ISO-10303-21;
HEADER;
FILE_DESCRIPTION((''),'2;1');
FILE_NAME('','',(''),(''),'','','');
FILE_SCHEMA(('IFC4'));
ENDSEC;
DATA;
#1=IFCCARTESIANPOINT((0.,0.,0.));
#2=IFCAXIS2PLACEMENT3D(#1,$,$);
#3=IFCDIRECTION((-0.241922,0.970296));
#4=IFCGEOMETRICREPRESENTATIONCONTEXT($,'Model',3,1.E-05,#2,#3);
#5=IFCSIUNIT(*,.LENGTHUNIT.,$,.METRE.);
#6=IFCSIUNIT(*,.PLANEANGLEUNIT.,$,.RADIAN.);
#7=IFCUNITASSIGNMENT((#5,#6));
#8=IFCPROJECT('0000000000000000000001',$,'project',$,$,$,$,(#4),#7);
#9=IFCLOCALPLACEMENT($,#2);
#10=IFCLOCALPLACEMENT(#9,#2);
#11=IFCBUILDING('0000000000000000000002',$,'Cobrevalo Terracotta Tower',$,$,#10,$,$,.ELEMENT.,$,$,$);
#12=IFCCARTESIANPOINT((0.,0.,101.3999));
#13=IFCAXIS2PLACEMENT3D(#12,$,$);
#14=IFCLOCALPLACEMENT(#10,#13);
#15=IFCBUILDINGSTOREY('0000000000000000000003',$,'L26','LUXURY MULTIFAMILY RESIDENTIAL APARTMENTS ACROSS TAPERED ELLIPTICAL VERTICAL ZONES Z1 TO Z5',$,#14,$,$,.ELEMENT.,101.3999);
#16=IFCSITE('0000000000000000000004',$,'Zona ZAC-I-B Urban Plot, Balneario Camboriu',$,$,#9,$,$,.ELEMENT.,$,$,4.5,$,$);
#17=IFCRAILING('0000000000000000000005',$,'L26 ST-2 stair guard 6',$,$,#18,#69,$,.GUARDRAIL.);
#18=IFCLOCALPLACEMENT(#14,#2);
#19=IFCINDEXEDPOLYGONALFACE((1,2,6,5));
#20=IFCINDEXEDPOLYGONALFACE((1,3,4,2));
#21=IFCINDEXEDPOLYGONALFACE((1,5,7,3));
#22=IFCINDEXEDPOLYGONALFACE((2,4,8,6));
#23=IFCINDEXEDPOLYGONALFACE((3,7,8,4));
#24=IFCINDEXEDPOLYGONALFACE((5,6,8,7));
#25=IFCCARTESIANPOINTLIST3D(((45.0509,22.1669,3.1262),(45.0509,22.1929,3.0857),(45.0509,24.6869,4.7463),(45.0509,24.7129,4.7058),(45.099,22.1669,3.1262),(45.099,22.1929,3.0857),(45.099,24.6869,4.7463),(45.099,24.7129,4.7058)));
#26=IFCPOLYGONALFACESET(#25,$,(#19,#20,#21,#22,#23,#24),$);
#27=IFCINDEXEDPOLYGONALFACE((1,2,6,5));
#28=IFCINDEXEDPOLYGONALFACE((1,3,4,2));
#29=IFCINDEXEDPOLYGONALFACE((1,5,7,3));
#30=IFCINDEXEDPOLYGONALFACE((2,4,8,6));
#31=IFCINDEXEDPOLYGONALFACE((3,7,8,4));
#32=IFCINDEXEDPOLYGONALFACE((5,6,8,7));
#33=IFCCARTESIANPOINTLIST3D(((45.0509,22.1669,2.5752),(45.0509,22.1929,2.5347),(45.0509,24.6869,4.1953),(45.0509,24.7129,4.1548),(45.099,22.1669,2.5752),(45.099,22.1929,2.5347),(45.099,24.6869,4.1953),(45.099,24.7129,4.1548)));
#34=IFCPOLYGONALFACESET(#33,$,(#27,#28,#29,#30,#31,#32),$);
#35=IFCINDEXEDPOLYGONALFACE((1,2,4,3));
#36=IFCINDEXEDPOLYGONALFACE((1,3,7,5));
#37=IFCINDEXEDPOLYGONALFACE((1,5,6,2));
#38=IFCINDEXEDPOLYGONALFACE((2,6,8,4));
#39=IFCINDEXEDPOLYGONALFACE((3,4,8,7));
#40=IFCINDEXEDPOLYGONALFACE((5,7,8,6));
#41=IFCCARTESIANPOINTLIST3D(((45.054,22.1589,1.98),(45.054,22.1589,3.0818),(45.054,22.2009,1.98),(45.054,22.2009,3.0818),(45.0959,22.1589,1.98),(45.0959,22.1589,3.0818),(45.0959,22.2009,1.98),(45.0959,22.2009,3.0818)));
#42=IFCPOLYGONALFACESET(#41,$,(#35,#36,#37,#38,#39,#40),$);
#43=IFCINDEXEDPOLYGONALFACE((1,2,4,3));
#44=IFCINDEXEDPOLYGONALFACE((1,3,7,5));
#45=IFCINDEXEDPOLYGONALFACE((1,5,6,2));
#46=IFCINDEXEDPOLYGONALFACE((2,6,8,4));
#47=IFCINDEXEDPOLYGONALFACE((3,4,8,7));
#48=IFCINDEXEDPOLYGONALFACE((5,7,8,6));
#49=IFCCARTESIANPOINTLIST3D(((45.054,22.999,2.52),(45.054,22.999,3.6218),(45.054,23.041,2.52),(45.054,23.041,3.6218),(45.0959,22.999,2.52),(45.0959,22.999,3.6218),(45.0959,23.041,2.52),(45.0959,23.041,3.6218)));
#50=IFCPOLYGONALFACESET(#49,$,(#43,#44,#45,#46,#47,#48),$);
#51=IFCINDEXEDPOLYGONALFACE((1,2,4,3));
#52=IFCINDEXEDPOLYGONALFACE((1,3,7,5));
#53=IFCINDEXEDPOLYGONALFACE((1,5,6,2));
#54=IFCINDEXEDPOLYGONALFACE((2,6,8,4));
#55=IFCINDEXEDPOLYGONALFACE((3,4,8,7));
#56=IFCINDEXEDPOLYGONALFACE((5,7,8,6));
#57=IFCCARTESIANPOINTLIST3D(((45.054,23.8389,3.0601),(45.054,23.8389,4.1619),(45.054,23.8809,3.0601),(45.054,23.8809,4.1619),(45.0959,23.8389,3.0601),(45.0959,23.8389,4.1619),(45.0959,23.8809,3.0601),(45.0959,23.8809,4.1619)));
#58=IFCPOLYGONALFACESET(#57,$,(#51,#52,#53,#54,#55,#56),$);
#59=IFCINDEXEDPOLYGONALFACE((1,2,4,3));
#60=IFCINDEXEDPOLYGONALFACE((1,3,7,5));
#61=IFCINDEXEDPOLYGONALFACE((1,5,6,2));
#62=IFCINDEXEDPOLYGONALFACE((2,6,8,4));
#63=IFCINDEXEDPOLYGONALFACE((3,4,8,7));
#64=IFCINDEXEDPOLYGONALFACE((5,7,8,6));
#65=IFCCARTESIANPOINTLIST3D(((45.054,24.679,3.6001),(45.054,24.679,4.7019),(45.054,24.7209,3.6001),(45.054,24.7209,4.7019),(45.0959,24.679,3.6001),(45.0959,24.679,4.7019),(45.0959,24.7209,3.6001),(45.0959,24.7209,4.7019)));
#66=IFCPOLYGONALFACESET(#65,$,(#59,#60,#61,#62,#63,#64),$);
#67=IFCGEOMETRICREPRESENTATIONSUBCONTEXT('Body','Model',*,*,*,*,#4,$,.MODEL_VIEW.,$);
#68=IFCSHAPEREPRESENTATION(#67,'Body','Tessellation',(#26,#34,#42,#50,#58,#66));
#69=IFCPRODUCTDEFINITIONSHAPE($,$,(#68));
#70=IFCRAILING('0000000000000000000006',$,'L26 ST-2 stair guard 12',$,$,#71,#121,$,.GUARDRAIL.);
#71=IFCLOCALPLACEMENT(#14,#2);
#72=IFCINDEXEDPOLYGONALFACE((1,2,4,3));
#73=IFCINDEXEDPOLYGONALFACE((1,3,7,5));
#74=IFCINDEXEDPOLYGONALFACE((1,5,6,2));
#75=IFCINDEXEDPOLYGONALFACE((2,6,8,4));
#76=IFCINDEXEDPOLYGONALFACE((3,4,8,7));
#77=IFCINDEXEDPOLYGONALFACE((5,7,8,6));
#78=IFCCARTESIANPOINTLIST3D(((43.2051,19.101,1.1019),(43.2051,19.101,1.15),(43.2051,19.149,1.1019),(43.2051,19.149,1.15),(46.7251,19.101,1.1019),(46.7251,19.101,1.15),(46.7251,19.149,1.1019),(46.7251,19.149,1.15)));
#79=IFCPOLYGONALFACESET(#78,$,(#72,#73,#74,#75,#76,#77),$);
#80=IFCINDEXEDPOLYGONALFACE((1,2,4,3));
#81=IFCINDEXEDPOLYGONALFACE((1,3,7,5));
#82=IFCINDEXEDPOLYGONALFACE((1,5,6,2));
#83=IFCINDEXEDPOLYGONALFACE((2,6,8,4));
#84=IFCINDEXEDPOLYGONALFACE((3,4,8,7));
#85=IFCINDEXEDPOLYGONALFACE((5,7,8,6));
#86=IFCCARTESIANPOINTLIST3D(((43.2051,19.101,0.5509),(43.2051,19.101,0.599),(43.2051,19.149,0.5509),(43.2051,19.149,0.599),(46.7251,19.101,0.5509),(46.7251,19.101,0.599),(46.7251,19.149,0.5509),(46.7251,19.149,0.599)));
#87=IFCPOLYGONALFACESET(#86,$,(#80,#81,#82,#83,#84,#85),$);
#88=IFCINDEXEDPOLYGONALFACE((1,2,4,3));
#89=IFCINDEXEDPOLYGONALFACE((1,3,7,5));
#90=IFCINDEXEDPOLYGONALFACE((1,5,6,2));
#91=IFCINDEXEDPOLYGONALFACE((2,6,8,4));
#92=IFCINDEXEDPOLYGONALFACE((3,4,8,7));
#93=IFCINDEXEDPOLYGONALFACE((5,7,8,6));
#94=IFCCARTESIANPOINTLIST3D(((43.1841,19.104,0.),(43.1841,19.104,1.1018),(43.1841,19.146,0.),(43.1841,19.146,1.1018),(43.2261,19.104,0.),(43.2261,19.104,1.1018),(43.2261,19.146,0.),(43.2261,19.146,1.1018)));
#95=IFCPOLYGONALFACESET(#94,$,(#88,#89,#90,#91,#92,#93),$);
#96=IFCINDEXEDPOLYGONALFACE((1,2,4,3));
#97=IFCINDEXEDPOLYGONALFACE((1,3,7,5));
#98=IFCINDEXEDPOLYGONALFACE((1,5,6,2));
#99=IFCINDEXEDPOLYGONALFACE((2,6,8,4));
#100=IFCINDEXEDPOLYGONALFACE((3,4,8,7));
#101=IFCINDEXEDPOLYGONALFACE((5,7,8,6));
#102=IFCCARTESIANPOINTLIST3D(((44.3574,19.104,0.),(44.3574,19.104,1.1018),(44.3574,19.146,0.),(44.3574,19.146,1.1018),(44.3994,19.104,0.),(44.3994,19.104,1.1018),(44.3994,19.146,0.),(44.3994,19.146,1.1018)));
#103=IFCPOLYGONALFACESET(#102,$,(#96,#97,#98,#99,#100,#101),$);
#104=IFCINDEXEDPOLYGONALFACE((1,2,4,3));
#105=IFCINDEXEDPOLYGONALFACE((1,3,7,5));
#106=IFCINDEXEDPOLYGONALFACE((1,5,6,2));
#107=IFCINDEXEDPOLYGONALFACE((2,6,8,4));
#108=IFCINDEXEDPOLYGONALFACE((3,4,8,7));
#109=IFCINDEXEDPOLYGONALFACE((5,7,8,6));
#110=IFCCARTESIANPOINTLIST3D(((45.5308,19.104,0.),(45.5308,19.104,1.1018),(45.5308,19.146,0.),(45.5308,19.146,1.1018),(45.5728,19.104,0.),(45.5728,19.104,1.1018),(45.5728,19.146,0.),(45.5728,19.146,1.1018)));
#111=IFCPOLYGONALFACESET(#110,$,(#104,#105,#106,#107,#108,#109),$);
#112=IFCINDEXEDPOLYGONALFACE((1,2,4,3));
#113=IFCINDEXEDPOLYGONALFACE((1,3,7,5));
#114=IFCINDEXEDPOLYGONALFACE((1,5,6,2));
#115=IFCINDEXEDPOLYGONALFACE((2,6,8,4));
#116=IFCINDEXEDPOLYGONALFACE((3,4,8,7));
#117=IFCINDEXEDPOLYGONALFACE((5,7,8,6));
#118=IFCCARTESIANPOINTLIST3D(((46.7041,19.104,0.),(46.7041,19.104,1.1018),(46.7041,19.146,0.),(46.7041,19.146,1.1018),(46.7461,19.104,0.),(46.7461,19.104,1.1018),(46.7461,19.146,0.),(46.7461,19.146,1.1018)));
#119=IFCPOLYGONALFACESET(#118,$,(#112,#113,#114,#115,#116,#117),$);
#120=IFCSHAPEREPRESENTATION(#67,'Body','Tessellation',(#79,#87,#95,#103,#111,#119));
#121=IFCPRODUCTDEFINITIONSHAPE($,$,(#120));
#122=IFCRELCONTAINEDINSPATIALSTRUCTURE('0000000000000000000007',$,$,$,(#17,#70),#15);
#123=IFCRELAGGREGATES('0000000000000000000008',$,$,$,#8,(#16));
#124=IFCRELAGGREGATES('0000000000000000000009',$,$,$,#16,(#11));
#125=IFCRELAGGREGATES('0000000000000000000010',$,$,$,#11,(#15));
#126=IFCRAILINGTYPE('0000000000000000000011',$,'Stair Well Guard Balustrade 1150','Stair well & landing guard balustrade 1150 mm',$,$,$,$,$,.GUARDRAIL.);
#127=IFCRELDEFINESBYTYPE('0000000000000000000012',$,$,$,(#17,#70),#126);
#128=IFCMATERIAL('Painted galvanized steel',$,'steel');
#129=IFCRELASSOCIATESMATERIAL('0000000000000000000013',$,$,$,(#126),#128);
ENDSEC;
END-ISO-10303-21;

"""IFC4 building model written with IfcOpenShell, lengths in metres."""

from ifc_helpers import new_model, si_unit, direction, frame, origin, origin_2d, place, context, subcontext, project, spatial, rectangle, extrude, material, type_object, element, save


model = new_model("IFC4")

# Units and contexts
model_context = context("Model", 3, precision=1e-05, world=origin(), true_north=direction((-0.241922, 0.970296)))
body_context = subcontext(model_context, "Body", "Model", "MODEL_VIEW")
ifc_project = project(units=[si_unit("LENGTHUNIT", "METRE"), si_unit("PLANEANGLEUNIT", "RADIAN")], contexts=[model_context])

# Site, building, storey
site_placement = place(None, origin())
site = spatial("IfcSite", under=ifc_project, at=site_placement, Name="Zona ZAC-I-B Urban Plot, Balneario Camboriu", CompositionType="ELEMENT", RefElevation=4.5)
building_placement = place(site_placement, origin())
building = spatial("IfcBuilding", under=site, at=building_placement, Name="Cobrevalo Terracotta Tower", CompositionType="ELEMENT")
storey_placement = place(building_placement, frame((0.0, 0.0, 101.3999)))
storey = spatial("IfcBuildingStorey", under=building, at=storey_placement, Name="L26", Description="LUXURY MULTIFAMILY RESIDENTIAL APARTMENTS ACROSS TAPERED ELLIPTICAL VERTICAL ZONES Z1 TO Z5", CompositionType="ELEMENT", Elevation=101.3999)

# Railings
ifc_material_1 = material(Name="Painted galvanized steel", Category="steel")
railing_type_1 = type_object("IfcRailingType", Name="Stair Well Guard Balustrade 1150", Description="Stair well & landing guard balustrade 1150 mm", PredefinedType="GUARDRAIL", material=ifc_material_1)
railing_1_placement = place(storey_placement, frame((45.075, 22.1799, 1.98)))
element("IfcRailing", 1, at=railing_1_placement, inside=storey, type_object=railing_type_1, Name="L26 ST-2 stair guard 6", PredefinedType="GUARDRAIL", context=body_context, shape_type="SweptSolid", body=[
    extrude(rectangle(XDim=0.0481, YDim=0.0481, at=origin_2d()), frame((0.0, 0.0, 1.126), z_axis=(0.0, 0.841163, 0.540782), x_axis=(-1.0, 0.0, 0.0)), (0.0, 0.0, 1.0), 2.9958),
    extrude(rectangle(XDim=0.0481, YDim=0.0481, at=origin_2d()), frame((0.0, 0.0, 0.575), z_axis=(0.0, 0.841163, 0.540782), x_axis=(-1.0, 0.0, 0.0)), (0.0, 0.0, 1.0), 2.9958),
    extrude(rectangle(XDim=0.042, YDim=0.042, at=origin_2d()), origin(), (0.0, 0.0, 1.0), 1.1018),
    extrude(rectangle(XDim=0.042, YDim=0.042, at=origin_2d()), frame((0.0, 0.8401, 0.54)), (0.0, 0.0, 1.0), 1.1018),
    extrude(rectangle(XDim=0.042, YDim=0.042, at=origin_2d()), frame((0.0, 1.6799, 1.0801)), (0.0, 0.0, 1.0), 1.1018),
    extrude(rectangle(XDim=0.042, YDim=0.042, at=origin_2d()), frame((0.0, 2.52, 1.6201)), (0.0, 0.0, 1.0), 1.1018),
])
railing_2_placement = place(storey_placement, frame((43.2051, 19.125, 0.0)))
element("IfcRailing", 2, at=railing_2_placement, inside=storey, type_object=railing_type_1, Name="L26 ST-2 stair guard 12", PredefinedType="GUARDRAIL", context=body_context, shape_type="SweptSolid", body=[
    extrude(rectangle(XDim=0.0481, YDim=0.0481, at=origin_2d()), frame((0.0, 0.0, 1.126), z_axis=(1.0, 0.0, 0.0), x_axis=(0.0, 1.0, 0.0)), (0.0, 0.0, 1.0), 3.52),
    extrude(rectangle(XDim=0.0481, YDim=0.0481, at=origin_2d()), frame((0.0, 0.0, 0.575), z_axis=(1.0, 0.0, 0.0), x_axis=(0.0, 1.0, 0.0)), (0.0, 0.0, 1.0), 3.52),
    extrude(rectangle(XDim=0.042, YDim=0.042, at=origin_2d()), origin(), (0.0, 0.0, 1.0), 1.1018),
    extrude(rectangle(XDim=0.042, YDim=0.042, at=origin_2d()), frame((1.1733, 0.0, 0.0)), (0.0, 0.0, 1.0), 1.1018),
    extrude(rectangle(XDim=0.042, YDim=0.042, at=origin_2d()), frame((2.3467, 0.0, 0.0)), (0.0, 0.0, 1.0), 1.1018),
    extrude(rectangle(XDim=0.042, YDim=0.042, at=origin_2d()), frame((3.52, 0.0, 0.0)), (0.0, 0.0, 1.0), 1.1018),
])

save(model, "model.ifc")
